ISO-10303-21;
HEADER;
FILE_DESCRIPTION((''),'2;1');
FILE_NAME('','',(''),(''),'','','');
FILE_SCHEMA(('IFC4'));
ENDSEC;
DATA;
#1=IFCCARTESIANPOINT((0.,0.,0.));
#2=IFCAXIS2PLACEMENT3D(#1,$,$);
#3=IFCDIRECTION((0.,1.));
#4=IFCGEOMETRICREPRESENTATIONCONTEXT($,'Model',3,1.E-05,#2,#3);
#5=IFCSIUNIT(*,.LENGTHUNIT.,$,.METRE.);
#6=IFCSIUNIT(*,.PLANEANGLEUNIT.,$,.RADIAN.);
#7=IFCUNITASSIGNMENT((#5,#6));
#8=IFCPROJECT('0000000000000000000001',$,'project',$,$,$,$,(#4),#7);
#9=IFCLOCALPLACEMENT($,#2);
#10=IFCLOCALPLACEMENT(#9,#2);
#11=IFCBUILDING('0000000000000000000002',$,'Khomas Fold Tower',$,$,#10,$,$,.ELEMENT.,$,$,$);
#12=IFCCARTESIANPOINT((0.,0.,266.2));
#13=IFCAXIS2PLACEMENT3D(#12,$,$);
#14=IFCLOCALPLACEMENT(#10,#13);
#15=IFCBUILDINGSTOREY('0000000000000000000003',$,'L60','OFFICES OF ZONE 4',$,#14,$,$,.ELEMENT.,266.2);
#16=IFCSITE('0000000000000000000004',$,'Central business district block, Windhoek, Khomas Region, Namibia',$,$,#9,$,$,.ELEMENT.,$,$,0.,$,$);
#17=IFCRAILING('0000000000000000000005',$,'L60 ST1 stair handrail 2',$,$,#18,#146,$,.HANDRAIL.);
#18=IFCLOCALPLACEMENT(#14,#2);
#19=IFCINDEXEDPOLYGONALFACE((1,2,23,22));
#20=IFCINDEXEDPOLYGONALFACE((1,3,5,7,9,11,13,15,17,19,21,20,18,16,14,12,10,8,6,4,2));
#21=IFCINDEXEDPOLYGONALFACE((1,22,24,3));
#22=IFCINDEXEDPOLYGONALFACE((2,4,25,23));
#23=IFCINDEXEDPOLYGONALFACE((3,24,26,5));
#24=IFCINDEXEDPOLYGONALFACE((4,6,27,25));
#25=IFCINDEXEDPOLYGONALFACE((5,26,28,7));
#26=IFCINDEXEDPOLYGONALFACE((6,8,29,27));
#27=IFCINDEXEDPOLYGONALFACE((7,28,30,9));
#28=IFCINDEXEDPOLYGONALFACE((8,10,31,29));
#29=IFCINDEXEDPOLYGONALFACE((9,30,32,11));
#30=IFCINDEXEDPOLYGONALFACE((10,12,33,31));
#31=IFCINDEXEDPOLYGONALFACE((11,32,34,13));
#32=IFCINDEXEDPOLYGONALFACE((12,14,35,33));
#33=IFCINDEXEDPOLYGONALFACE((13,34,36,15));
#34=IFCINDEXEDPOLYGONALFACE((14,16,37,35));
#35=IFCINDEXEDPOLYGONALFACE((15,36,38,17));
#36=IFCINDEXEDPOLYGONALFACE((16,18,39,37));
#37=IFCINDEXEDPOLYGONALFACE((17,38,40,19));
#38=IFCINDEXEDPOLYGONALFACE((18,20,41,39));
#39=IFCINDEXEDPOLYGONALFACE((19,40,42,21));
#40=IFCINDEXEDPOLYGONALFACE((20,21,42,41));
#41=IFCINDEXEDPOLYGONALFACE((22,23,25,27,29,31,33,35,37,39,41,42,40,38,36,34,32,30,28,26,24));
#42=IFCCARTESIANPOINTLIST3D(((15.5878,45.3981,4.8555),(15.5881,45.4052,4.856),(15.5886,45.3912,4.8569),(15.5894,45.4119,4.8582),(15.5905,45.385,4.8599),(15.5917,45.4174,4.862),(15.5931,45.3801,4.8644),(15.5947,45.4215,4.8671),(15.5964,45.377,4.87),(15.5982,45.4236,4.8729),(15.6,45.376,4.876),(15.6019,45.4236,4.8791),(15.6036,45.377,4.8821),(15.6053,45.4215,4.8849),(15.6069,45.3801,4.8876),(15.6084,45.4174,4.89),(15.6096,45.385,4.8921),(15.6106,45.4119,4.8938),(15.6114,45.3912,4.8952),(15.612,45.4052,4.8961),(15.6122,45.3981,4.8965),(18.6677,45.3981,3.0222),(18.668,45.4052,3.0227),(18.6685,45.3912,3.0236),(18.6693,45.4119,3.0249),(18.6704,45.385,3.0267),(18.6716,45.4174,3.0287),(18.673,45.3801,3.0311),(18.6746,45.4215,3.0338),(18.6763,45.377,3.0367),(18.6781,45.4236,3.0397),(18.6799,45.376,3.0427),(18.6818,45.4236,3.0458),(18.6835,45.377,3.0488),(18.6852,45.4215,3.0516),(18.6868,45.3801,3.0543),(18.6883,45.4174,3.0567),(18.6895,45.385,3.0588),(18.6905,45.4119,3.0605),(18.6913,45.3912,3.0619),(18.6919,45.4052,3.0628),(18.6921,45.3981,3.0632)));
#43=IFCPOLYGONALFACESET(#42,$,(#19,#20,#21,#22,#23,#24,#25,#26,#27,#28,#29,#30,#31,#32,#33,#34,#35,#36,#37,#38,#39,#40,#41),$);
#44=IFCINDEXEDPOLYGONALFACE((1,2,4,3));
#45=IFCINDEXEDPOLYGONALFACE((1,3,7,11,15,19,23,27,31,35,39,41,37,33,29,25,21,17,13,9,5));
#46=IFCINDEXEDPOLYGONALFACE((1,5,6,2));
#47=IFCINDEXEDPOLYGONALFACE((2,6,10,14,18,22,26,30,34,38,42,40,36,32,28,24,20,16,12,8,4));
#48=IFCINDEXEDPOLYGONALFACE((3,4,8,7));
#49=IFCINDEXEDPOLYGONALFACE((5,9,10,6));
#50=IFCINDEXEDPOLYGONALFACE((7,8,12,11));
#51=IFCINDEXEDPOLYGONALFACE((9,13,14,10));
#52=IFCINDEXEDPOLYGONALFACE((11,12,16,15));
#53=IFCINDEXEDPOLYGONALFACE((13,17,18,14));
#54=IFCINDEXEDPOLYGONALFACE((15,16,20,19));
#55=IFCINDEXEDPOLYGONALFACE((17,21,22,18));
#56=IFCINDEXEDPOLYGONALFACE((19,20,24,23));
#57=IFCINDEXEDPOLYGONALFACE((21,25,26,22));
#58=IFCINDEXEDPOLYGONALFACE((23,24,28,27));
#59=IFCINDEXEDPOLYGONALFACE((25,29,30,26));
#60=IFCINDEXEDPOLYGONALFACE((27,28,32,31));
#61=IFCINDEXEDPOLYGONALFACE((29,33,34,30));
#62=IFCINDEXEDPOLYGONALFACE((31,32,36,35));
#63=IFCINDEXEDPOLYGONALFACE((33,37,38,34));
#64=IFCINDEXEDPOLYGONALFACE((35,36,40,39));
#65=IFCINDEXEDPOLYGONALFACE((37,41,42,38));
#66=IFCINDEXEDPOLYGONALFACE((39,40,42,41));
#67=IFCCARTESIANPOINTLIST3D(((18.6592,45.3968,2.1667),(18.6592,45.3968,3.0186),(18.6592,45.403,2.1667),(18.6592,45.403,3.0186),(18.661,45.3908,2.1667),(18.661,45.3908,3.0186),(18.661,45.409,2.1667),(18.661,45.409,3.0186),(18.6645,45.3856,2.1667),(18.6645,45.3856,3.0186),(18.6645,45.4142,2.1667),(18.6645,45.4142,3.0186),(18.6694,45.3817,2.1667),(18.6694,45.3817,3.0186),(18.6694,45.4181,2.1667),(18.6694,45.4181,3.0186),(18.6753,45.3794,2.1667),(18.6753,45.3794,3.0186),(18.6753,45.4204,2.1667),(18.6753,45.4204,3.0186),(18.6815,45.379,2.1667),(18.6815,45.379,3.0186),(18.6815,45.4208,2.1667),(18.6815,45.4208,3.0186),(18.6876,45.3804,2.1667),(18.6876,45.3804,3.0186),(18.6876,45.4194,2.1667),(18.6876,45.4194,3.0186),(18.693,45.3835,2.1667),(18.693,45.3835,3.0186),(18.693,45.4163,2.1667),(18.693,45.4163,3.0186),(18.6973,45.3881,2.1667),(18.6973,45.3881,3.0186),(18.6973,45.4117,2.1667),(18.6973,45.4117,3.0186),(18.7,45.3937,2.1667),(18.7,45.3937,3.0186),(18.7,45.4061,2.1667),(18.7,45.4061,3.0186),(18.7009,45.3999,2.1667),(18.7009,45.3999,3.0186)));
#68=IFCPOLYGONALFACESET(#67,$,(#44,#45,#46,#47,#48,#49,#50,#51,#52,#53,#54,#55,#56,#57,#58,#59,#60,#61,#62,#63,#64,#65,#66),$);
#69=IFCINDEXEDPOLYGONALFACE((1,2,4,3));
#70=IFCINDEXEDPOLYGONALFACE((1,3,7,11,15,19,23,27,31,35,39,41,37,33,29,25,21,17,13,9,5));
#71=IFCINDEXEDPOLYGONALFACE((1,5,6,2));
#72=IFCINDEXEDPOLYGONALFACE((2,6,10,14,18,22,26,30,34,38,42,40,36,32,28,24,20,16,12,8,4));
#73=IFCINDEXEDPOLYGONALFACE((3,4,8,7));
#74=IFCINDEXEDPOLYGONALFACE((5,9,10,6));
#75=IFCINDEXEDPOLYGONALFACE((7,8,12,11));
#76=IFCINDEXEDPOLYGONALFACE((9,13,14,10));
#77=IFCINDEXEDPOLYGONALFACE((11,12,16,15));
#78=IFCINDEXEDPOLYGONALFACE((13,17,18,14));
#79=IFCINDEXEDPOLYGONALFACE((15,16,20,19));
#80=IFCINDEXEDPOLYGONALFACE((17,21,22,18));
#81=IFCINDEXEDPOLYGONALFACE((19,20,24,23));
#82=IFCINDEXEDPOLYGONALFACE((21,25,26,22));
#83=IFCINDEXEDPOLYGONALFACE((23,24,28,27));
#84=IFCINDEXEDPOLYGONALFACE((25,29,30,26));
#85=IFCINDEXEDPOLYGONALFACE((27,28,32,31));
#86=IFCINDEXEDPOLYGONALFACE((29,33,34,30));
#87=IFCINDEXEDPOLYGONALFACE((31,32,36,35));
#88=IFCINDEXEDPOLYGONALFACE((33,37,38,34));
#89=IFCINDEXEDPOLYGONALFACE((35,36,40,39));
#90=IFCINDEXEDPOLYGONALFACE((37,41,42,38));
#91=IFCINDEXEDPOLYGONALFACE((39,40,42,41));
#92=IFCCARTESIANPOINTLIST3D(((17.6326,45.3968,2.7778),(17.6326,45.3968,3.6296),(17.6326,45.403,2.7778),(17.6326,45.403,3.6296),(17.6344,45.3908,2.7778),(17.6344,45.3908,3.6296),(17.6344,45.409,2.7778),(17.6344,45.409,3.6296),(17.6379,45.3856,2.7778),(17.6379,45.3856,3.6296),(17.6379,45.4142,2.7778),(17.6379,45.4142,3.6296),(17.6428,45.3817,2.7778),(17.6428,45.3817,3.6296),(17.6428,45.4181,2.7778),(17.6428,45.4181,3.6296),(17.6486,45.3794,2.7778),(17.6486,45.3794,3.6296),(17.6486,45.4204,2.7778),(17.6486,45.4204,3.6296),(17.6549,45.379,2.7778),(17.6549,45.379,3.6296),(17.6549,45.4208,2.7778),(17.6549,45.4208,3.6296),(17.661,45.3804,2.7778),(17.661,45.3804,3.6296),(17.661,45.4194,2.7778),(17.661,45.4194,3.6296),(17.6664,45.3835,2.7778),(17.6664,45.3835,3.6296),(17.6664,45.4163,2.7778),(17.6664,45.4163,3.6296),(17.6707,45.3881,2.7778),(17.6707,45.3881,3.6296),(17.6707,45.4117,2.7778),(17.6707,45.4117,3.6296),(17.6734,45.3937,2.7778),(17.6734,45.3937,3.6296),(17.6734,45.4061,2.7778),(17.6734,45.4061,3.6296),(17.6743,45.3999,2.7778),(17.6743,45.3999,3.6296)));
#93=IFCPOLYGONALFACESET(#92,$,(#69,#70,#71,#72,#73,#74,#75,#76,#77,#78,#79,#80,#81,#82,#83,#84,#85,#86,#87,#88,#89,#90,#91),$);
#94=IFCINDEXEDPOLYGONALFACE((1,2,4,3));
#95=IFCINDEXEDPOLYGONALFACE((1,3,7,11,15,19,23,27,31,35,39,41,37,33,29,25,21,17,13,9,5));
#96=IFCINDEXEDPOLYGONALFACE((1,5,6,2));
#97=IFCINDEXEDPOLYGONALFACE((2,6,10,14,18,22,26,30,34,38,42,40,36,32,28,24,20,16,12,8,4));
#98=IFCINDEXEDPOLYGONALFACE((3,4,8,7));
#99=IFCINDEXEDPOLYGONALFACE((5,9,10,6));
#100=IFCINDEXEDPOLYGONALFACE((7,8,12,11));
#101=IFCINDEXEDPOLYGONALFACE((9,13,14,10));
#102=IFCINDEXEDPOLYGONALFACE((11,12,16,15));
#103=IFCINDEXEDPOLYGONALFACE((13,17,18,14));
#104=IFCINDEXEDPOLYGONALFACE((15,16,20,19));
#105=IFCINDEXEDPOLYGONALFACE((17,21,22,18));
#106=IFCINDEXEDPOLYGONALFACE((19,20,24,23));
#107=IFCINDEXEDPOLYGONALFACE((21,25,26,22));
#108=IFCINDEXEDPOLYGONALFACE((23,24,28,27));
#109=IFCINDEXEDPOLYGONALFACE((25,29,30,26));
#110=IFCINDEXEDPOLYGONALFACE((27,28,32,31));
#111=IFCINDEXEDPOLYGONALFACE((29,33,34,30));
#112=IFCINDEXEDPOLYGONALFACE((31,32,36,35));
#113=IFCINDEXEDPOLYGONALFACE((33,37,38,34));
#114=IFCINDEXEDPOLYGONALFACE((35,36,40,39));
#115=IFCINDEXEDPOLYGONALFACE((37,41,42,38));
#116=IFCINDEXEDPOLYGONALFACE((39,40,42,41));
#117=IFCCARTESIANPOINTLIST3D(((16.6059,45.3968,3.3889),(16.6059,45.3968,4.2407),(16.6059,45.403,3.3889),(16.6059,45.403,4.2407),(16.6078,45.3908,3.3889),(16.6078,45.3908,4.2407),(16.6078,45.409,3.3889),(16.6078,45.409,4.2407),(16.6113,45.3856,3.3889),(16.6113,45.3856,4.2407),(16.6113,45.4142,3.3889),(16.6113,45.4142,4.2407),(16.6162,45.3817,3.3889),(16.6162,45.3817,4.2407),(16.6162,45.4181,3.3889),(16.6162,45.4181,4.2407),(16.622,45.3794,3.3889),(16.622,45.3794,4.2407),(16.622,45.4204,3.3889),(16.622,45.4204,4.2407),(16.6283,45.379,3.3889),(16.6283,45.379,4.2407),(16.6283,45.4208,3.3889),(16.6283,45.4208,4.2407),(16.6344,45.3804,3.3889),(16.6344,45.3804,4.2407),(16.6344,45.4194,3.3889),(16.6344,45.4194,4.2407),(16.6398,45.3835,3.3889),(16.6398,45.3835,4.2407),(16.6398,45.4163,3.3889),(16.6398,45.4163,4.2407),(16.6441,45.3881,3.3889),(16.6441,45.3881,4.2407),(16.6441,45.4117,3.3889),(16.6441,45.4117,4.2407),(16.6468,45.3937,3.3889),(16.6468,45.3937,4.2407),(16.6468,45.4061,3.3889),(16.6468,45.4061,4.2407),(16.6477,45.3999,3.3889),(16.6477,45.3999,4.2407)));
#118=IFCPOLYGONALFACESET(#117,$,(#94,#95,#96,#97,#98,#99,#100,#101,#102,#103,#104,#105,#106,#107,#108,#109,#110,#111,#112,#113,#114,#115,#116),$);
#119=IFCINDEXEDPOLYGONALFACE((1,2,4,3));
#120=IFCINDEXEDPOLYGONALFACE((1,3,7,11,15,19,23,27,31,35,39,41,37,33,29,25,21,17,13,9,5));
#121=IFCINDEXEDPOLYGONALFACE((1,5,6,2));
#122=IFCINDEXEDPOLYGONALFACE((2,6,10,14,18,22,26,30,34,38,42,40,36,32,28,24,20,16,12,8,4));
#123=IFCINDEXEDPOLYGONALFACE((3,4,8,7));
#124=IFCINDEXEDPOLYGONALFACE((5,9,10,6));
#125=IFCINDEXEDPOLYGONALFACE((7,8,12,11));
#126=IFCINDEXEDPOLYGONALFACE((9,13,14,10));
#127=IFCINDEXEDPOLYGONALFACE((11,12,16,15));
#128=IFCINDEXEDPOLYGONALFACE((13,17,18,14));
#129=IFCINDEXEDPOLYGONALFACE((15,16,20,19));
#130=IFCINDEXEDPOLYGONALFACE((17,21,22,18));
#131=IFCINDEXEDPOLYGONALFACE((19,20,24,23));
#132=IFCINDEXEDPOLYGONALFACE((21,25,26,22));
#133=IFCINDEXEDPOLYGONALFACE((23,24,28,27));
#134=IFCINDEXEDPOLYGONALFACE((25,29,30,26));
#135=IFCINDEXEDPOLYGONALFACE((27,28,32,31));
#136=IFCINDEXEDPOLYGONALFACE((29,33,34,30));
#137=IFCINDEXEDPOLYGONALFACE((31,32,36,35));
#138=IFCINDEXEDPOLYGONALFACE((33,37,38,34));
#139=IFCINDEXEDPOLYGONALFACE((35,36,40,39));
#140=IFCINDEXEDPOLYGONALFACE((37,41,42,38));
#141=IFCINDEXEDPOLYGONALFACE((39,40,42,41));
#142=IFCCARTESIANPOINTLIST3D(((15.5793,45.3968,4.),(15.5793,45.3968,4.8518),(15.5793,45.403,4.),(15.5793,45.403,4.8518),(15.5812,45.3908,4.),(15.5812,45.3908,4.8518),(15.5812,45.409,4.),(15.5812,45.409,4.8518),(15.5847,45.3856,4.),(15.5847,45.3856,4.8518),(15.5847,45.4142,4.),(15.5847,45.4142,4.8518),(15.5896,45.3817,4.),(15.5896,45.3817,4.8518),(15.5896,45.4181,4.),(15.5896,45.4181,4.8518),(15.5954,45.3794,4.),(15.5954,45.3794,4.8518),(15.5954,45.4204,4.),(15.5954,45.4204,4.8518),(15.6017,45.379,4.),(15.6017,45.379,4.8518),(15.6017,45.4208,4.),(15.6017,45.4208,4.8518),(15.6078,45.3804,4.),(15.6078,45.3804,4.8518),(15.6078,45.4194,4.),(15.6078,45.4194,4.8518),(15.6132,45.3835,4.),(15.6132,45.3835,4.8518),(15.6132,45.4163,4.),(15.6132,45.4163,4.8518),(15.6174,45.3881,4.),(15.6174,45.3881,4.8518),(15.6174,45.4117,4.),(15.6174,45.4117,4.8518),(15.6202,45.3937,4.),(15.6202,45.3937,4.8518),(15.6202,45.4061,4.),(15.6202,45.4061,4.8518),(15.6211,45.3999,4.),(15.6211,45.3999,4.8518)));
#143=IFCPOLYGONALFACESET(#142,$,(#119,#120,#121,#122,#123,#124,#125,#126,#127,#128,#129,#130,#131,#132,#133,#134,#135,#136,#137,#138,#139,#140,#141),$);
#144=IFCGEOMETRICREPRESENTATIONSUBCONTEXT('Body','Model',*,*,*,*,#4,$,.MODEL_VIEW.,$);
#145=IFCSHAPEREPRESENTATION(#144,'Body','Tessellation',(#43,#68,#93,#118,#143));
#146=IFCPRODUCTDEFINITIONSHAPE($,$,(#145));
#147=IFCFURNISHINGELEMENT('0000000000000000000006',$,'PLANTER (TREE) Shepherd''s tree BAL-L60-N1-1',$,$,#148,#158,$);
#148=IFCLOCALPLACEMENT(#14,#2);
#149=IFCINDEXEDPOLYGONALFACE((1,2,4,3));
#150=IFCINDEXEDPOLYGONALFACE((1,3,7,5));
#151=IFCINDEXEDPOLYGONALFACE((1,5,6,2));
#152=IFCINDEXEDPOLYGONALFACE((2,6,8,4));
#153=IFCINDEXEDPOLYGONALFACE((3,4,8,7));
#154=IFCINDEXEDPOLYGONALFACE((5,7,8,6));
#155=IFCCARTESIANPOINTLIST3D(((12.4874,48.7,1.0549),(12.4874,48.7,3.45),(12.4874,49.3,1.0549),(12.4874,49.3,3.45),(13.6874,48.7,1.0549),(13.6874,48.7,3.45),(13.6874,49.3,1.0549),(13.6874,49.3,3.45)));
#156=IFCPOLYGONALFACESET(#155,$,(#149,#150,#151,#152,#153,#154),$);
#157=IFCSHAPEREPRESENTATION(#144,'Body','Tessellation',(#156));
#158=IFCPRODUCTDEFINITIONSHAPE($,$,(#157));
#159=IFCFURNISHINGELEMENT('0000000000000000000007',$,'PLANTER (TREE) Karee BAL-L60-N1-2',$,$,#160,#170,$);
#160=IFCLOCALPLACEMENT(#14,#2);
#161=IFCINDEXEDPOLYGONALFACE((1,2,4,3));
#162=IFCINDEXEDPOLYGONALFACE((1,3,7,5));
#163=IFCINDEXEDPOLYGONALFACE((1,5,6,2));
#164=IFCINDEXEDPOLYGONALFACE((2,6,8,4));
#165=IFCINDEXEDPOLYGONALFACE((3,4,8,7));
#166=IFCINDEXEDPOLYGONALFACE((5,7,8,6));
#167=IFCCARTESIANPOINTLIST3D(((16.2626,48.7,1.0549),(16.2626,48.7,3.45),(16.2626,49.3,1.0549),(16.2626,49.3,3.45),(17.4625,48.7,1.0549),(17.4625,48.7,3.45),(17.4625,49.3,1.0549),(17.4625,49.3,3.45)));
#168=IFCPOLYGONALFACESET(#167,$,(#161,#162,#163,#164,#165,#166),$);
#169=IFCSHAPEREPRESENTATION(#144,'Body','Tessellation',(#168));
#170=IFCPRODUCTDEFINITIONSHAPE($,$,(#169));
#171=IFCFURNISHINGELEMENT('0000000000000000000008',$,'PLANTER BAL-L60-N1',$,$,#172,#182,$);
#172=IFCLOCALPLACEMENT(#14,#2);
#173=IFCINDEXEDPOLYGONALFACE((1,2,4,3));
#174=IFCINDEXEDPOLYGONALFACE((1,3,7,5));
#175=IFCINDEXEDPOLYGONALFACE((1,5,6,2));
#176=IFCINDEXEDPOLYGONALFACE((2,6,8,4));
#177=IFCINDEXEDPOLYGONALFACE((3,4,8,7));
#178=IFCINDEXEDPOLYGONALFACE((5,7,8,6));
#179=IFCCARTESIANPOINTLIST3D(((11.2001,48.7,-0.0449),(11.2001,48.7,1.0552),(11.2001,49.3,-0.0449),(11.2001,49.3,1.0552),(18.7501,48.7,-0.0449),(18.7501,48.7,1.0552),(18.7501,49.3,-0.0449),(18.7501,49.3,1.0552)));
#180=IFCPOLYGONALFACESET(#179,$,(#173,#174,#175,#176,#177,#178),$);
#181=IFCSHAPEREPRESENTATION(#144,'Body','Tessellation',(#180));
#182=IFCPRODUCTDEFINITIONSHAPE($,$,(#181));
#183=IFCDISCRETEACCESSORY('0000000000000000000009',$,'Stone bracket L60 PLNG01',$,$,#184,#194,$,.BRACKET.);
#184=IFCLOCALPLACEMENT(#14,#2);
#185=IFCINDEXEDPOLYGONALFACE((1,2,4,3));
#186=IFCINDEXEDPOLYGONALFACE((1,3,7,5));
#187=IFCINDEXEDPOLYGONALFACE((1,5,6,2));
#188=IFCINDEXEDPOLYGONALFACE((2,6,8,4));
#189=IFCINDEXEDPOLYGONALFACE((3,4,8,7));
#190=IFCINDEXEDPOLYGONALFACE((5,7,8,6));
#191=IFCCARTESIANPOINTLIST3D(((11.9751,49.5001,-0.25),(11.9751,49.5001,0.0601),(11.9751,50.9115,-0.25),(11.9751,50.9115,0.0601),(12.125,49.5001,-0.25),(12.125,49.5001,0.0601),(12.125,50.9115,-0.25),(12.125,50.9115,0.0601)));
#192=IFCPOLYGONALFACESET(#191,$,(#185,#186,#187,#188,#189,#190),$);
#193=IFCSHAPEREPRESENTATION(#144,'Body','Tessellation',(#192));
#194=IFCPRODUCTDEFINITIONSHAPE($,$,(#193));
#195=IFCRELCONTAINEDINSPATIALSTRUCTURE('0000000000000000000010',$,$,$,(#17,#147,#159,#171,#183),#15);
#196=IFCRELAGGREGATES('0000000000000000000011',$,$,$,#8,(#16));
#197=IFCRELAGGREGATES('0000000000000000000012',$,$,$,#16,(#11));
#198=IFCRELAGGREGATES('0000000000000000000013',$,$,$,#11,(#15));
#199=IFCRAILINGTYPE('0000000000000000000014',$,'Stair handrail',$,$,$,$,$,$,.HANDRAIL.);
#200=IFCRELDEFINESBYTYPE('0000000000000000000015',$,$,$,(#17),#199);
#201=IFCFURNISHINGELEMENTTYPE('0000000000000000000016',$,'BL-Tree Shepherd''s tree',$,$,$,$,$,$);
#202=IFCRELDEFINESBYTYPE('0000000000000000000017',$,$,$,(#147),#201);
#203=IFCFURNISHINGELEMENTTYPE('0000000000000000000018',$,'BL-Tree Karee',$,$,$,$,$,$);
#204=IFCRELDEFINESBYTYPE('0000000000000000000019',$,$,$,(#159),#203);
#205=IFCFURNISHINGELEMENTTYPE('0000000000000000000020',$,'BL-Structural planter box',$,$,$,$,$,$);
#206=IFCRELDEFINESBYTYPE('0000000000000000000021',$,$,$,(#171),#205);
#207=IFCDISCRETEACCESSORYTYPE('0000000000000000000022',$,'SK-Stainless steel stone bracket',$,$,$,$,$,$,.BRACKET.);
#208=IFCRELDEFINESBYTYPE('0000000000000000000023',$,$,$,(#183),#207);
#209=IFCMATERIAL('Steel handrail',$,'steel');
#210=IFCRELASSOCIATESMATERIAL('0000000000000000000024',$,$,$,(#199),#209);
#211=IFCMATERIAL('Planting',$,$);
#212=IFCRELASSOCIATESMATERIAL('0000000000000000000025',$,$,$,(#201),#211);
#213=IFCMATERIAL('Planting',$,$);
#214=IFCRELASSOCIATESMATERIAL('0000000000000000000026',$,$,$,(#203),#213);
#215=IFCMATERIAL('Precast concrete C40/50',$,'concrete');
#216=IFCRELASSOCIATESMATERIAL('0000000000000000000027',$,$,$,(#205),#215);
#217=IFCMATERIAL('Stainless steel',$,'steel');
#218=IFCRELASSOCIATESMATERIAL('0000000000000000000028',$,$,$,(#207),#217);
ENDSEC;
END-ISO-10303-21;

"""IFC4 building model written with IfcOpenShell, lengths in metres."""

from ifc_helpers import new_model, si_unit, direction, frame, origin, origin_2d, place, context, subcontext, project, spatial, rectangle, circle, extrude, source, transform, mapped, material, type_object, element, save


model = new_model("IFC4")

# Units and contexts
model_context = context("Model", 3, precision=1e-05, world=origin(), true_north=direction((0.0, 1.0)))
body_context = subcontext(model_context, "Body", "Model", "MODEL_VIEW")
ifc_project = project(units=[si_unit("LENGTHUNIT", "METRE"), si_unit("PLANEANGLEUNIT", "RADIAN")], contexts=[model_context])

# Site, building, storey
site_placement = place(None, origin())
site = spatial("IfcSite", under=ifc_project, at=site_placement, Name="Central business district block, Windhoek, Khomas Region, Namibia", CompositionType="ELEMENT", RefElevation=0.0)
building_placement = place(site_placement, origin())
building = spatial("IfcBuilding", under=site, at=building_placement, Name="Khomas Fold Tower", CompositionType="ELEMENT")
storey_placement = place(building_placement, frame((0.0, 0.0, 266.2)))
storey = spatial("IfcBuildingStorey", under=building, at=storey_placement, Name="L60", Description="OFFICES OF ZONE 4", CompositionType="ELEMENT", Elevation=266.2)

# Railing
ifc_material_1 = material(Name="Steel handrail", Category="steel")
railing_type_1 = type_object("IfcRailingType", Name="Stair handrail", PredefinedType="HANDRAIL", material=ifc_material_1)
shared_shape_1 = source(origin(), body_context, "Body", "SweptSolid", [
    extrude(circle(Radius=0.0239, at=origin_2d()), frame((0.0, 0.0, 0.876), z_axis=(-0.859291, 0.0, 0.511487), x_axis=(0.0, -1.0, 0.0)), (0.0, 0.0, 1.0), 3.5842),
    extrude(circle(Radius=0.021, at=origin_2d()), origin(), (0.0, 0.0, 1.0), 0.8518),
    extrude(circle(Radius=0.021, at=origin_2d()), frame((-1.0266, 0.0, 0.6111)), (0.0, 0.0, 1.0), 0.8518),
    extrude(circle(Radius=0.021, at=origin_2d()), frame((-2.0532, 0.0, 1.2222)), (0.0, 0.0, 1.0), 0.8518),
    extrude(circle(Radius=0.021, at=origin_2d()), frame((-3.0798, 0.0, 1.8333)), (0.0, 0.0, 1.0), 0.8518),
])
railing_1_placement = place(storey_placement, frame((18.6799, 45.3999, 2.1667)))
element("IfcRailing", 1, at=railing_1_placement, inside=storey, type_object=railing_type_1, Name="L60 ST1 stair handrail 2", PredefinedType="HANDRAIL", context=body_context, shape_type="MappedRepresentation", body=[
    mapped(shared_shape_1, transform((0.0, 0.0, 0.0))),
])

# Furnishing elements
ifc_material_2 = material(Name="Planting")
furnishing_element_type_1 = type_object("IfcFurnishingElementType", Name="BL-Tree Shepherd's tree", material=ifc_material_2)
shared_shape_2 = source(origin(), body_context, "Body", "SweptSolid", [
    extrude(rectangle(XDim=1.2, YDim=0.6001, at=origin_2d()), origin(), (0.0, 0.0, 1.0), 2.395),
])
furnishing_1_placement = place(storey_placement, frame((13.0874, 49.0, 1.0549), z_axis=(0.0, 0.0, 1.0), x_axis=(1.0, 0.0, 0.0)))
element("IfcFurnishingElement", 2, at=furnishing_1_placement, inside=storey, type_object=furnishing_element_type_1, Name="PLANTER (TREE) Shepherd's tree BAL-L60-N1-1", context=body_context, shape_type="MappedRepresentation", body=[
    mapped(shared_shape_2, transform((0.0, 0.0, 0.0))),
])
ifc_material_3 = material(Name="Planting")
furnishing_element_type_2 = type_object("IfcFurnishingElementType", Name="BL-Tree Karee", material=ifc_material_3)
furnishing_2_placement = place(storey_placement, frame((16.8625, 49.0, 1.0549), z_axis=(0.0, 0.0, 1.0), x_axis=(1.0, 0.0, 0.0)))
element("IfcFurnishingElement", 3, at=furnishing_2_placement, inside=storey, type_object=furnishing_element_type_2, Name="PLANTER (TREE) Karee BAL-L60-N1-2", context=body_context, shape_type="MappedRepresentation", body=[
    mapped(shared_shape_2, transform((0.0, 0.0, 0.0))),
])
ifc_material_4 = material(Name="Precast concrete C40/50", Category="concrete")
furnishing_element_type_3 = type_object("IfcFurnishingElementType", Name="BL-Structural planter box", material=ifc_material_4)
shared_shape_3 = source(origin(), body_context, "Body", "SweptSolid", [
    extrude(rectangle(XDim=7.55, YDim=0.6001, at=origin_2d()), origin(), (0.0, 0.0, 1.0), 1.1001),
])
furnishing_3_placement = place(storey_placement, frame((14.9751, 49.0, -0.0449), z_axis=(0.0, 0.0, 1.0), x_axis=(1.0, 0.0, 0.0)))
element("IfcFurnishingElement", 4, at=furnishing_3_placement, inside=storey, type_object=furnishing_element_type_3, Name="PLANTER BAL-L60-N1", context=body_context, shape_type="MappedRepresentation", body=[
    mapped(shared_shape_3, transform((0.0, 0.0, 0.0))),
])

# Discrete accessory
ifc_material_5 = material(Name="Stainless steel", Category="steel")
discrete_accessory_type = type_object("IfcDiscreteAccessoryType", Name="SK-Stainless steel stone bracket", PredefinedType="BRACKET", material=ifc_material_5)
shared_shape_4 = source(origin(), body_context, "Body", "SweptSolid", [
    extrude(rectangle(XDim=1.4114, YDim=0.1499, at=origin_2d()), origin(), (0.0, 0.0, 1.0), 0.3101),
])
for number, where, z_axis, x_axis, name in (
    (5, (12.05, 50.2058, -0.25), (0.0, 0.0, 1.0), (0.0, 1.0, 0.0), "Stone bracket L60 PLNG01"),
):
    element("IfcDiscreteAccessory", number, at=place(storey_placement, frame(where, z_axis=z_axis, x_axis=x_axis)), inside=storey, type_object=discrete_accessory_type, Name=name, PredefinedType="BRACKET", context=body_context, shape_type="MappedRepresentation", body=[
        mapped(shared_shape_4, transform((0.0, 0.0, 0.0))),
    ])

save(model, "model.ifc")
